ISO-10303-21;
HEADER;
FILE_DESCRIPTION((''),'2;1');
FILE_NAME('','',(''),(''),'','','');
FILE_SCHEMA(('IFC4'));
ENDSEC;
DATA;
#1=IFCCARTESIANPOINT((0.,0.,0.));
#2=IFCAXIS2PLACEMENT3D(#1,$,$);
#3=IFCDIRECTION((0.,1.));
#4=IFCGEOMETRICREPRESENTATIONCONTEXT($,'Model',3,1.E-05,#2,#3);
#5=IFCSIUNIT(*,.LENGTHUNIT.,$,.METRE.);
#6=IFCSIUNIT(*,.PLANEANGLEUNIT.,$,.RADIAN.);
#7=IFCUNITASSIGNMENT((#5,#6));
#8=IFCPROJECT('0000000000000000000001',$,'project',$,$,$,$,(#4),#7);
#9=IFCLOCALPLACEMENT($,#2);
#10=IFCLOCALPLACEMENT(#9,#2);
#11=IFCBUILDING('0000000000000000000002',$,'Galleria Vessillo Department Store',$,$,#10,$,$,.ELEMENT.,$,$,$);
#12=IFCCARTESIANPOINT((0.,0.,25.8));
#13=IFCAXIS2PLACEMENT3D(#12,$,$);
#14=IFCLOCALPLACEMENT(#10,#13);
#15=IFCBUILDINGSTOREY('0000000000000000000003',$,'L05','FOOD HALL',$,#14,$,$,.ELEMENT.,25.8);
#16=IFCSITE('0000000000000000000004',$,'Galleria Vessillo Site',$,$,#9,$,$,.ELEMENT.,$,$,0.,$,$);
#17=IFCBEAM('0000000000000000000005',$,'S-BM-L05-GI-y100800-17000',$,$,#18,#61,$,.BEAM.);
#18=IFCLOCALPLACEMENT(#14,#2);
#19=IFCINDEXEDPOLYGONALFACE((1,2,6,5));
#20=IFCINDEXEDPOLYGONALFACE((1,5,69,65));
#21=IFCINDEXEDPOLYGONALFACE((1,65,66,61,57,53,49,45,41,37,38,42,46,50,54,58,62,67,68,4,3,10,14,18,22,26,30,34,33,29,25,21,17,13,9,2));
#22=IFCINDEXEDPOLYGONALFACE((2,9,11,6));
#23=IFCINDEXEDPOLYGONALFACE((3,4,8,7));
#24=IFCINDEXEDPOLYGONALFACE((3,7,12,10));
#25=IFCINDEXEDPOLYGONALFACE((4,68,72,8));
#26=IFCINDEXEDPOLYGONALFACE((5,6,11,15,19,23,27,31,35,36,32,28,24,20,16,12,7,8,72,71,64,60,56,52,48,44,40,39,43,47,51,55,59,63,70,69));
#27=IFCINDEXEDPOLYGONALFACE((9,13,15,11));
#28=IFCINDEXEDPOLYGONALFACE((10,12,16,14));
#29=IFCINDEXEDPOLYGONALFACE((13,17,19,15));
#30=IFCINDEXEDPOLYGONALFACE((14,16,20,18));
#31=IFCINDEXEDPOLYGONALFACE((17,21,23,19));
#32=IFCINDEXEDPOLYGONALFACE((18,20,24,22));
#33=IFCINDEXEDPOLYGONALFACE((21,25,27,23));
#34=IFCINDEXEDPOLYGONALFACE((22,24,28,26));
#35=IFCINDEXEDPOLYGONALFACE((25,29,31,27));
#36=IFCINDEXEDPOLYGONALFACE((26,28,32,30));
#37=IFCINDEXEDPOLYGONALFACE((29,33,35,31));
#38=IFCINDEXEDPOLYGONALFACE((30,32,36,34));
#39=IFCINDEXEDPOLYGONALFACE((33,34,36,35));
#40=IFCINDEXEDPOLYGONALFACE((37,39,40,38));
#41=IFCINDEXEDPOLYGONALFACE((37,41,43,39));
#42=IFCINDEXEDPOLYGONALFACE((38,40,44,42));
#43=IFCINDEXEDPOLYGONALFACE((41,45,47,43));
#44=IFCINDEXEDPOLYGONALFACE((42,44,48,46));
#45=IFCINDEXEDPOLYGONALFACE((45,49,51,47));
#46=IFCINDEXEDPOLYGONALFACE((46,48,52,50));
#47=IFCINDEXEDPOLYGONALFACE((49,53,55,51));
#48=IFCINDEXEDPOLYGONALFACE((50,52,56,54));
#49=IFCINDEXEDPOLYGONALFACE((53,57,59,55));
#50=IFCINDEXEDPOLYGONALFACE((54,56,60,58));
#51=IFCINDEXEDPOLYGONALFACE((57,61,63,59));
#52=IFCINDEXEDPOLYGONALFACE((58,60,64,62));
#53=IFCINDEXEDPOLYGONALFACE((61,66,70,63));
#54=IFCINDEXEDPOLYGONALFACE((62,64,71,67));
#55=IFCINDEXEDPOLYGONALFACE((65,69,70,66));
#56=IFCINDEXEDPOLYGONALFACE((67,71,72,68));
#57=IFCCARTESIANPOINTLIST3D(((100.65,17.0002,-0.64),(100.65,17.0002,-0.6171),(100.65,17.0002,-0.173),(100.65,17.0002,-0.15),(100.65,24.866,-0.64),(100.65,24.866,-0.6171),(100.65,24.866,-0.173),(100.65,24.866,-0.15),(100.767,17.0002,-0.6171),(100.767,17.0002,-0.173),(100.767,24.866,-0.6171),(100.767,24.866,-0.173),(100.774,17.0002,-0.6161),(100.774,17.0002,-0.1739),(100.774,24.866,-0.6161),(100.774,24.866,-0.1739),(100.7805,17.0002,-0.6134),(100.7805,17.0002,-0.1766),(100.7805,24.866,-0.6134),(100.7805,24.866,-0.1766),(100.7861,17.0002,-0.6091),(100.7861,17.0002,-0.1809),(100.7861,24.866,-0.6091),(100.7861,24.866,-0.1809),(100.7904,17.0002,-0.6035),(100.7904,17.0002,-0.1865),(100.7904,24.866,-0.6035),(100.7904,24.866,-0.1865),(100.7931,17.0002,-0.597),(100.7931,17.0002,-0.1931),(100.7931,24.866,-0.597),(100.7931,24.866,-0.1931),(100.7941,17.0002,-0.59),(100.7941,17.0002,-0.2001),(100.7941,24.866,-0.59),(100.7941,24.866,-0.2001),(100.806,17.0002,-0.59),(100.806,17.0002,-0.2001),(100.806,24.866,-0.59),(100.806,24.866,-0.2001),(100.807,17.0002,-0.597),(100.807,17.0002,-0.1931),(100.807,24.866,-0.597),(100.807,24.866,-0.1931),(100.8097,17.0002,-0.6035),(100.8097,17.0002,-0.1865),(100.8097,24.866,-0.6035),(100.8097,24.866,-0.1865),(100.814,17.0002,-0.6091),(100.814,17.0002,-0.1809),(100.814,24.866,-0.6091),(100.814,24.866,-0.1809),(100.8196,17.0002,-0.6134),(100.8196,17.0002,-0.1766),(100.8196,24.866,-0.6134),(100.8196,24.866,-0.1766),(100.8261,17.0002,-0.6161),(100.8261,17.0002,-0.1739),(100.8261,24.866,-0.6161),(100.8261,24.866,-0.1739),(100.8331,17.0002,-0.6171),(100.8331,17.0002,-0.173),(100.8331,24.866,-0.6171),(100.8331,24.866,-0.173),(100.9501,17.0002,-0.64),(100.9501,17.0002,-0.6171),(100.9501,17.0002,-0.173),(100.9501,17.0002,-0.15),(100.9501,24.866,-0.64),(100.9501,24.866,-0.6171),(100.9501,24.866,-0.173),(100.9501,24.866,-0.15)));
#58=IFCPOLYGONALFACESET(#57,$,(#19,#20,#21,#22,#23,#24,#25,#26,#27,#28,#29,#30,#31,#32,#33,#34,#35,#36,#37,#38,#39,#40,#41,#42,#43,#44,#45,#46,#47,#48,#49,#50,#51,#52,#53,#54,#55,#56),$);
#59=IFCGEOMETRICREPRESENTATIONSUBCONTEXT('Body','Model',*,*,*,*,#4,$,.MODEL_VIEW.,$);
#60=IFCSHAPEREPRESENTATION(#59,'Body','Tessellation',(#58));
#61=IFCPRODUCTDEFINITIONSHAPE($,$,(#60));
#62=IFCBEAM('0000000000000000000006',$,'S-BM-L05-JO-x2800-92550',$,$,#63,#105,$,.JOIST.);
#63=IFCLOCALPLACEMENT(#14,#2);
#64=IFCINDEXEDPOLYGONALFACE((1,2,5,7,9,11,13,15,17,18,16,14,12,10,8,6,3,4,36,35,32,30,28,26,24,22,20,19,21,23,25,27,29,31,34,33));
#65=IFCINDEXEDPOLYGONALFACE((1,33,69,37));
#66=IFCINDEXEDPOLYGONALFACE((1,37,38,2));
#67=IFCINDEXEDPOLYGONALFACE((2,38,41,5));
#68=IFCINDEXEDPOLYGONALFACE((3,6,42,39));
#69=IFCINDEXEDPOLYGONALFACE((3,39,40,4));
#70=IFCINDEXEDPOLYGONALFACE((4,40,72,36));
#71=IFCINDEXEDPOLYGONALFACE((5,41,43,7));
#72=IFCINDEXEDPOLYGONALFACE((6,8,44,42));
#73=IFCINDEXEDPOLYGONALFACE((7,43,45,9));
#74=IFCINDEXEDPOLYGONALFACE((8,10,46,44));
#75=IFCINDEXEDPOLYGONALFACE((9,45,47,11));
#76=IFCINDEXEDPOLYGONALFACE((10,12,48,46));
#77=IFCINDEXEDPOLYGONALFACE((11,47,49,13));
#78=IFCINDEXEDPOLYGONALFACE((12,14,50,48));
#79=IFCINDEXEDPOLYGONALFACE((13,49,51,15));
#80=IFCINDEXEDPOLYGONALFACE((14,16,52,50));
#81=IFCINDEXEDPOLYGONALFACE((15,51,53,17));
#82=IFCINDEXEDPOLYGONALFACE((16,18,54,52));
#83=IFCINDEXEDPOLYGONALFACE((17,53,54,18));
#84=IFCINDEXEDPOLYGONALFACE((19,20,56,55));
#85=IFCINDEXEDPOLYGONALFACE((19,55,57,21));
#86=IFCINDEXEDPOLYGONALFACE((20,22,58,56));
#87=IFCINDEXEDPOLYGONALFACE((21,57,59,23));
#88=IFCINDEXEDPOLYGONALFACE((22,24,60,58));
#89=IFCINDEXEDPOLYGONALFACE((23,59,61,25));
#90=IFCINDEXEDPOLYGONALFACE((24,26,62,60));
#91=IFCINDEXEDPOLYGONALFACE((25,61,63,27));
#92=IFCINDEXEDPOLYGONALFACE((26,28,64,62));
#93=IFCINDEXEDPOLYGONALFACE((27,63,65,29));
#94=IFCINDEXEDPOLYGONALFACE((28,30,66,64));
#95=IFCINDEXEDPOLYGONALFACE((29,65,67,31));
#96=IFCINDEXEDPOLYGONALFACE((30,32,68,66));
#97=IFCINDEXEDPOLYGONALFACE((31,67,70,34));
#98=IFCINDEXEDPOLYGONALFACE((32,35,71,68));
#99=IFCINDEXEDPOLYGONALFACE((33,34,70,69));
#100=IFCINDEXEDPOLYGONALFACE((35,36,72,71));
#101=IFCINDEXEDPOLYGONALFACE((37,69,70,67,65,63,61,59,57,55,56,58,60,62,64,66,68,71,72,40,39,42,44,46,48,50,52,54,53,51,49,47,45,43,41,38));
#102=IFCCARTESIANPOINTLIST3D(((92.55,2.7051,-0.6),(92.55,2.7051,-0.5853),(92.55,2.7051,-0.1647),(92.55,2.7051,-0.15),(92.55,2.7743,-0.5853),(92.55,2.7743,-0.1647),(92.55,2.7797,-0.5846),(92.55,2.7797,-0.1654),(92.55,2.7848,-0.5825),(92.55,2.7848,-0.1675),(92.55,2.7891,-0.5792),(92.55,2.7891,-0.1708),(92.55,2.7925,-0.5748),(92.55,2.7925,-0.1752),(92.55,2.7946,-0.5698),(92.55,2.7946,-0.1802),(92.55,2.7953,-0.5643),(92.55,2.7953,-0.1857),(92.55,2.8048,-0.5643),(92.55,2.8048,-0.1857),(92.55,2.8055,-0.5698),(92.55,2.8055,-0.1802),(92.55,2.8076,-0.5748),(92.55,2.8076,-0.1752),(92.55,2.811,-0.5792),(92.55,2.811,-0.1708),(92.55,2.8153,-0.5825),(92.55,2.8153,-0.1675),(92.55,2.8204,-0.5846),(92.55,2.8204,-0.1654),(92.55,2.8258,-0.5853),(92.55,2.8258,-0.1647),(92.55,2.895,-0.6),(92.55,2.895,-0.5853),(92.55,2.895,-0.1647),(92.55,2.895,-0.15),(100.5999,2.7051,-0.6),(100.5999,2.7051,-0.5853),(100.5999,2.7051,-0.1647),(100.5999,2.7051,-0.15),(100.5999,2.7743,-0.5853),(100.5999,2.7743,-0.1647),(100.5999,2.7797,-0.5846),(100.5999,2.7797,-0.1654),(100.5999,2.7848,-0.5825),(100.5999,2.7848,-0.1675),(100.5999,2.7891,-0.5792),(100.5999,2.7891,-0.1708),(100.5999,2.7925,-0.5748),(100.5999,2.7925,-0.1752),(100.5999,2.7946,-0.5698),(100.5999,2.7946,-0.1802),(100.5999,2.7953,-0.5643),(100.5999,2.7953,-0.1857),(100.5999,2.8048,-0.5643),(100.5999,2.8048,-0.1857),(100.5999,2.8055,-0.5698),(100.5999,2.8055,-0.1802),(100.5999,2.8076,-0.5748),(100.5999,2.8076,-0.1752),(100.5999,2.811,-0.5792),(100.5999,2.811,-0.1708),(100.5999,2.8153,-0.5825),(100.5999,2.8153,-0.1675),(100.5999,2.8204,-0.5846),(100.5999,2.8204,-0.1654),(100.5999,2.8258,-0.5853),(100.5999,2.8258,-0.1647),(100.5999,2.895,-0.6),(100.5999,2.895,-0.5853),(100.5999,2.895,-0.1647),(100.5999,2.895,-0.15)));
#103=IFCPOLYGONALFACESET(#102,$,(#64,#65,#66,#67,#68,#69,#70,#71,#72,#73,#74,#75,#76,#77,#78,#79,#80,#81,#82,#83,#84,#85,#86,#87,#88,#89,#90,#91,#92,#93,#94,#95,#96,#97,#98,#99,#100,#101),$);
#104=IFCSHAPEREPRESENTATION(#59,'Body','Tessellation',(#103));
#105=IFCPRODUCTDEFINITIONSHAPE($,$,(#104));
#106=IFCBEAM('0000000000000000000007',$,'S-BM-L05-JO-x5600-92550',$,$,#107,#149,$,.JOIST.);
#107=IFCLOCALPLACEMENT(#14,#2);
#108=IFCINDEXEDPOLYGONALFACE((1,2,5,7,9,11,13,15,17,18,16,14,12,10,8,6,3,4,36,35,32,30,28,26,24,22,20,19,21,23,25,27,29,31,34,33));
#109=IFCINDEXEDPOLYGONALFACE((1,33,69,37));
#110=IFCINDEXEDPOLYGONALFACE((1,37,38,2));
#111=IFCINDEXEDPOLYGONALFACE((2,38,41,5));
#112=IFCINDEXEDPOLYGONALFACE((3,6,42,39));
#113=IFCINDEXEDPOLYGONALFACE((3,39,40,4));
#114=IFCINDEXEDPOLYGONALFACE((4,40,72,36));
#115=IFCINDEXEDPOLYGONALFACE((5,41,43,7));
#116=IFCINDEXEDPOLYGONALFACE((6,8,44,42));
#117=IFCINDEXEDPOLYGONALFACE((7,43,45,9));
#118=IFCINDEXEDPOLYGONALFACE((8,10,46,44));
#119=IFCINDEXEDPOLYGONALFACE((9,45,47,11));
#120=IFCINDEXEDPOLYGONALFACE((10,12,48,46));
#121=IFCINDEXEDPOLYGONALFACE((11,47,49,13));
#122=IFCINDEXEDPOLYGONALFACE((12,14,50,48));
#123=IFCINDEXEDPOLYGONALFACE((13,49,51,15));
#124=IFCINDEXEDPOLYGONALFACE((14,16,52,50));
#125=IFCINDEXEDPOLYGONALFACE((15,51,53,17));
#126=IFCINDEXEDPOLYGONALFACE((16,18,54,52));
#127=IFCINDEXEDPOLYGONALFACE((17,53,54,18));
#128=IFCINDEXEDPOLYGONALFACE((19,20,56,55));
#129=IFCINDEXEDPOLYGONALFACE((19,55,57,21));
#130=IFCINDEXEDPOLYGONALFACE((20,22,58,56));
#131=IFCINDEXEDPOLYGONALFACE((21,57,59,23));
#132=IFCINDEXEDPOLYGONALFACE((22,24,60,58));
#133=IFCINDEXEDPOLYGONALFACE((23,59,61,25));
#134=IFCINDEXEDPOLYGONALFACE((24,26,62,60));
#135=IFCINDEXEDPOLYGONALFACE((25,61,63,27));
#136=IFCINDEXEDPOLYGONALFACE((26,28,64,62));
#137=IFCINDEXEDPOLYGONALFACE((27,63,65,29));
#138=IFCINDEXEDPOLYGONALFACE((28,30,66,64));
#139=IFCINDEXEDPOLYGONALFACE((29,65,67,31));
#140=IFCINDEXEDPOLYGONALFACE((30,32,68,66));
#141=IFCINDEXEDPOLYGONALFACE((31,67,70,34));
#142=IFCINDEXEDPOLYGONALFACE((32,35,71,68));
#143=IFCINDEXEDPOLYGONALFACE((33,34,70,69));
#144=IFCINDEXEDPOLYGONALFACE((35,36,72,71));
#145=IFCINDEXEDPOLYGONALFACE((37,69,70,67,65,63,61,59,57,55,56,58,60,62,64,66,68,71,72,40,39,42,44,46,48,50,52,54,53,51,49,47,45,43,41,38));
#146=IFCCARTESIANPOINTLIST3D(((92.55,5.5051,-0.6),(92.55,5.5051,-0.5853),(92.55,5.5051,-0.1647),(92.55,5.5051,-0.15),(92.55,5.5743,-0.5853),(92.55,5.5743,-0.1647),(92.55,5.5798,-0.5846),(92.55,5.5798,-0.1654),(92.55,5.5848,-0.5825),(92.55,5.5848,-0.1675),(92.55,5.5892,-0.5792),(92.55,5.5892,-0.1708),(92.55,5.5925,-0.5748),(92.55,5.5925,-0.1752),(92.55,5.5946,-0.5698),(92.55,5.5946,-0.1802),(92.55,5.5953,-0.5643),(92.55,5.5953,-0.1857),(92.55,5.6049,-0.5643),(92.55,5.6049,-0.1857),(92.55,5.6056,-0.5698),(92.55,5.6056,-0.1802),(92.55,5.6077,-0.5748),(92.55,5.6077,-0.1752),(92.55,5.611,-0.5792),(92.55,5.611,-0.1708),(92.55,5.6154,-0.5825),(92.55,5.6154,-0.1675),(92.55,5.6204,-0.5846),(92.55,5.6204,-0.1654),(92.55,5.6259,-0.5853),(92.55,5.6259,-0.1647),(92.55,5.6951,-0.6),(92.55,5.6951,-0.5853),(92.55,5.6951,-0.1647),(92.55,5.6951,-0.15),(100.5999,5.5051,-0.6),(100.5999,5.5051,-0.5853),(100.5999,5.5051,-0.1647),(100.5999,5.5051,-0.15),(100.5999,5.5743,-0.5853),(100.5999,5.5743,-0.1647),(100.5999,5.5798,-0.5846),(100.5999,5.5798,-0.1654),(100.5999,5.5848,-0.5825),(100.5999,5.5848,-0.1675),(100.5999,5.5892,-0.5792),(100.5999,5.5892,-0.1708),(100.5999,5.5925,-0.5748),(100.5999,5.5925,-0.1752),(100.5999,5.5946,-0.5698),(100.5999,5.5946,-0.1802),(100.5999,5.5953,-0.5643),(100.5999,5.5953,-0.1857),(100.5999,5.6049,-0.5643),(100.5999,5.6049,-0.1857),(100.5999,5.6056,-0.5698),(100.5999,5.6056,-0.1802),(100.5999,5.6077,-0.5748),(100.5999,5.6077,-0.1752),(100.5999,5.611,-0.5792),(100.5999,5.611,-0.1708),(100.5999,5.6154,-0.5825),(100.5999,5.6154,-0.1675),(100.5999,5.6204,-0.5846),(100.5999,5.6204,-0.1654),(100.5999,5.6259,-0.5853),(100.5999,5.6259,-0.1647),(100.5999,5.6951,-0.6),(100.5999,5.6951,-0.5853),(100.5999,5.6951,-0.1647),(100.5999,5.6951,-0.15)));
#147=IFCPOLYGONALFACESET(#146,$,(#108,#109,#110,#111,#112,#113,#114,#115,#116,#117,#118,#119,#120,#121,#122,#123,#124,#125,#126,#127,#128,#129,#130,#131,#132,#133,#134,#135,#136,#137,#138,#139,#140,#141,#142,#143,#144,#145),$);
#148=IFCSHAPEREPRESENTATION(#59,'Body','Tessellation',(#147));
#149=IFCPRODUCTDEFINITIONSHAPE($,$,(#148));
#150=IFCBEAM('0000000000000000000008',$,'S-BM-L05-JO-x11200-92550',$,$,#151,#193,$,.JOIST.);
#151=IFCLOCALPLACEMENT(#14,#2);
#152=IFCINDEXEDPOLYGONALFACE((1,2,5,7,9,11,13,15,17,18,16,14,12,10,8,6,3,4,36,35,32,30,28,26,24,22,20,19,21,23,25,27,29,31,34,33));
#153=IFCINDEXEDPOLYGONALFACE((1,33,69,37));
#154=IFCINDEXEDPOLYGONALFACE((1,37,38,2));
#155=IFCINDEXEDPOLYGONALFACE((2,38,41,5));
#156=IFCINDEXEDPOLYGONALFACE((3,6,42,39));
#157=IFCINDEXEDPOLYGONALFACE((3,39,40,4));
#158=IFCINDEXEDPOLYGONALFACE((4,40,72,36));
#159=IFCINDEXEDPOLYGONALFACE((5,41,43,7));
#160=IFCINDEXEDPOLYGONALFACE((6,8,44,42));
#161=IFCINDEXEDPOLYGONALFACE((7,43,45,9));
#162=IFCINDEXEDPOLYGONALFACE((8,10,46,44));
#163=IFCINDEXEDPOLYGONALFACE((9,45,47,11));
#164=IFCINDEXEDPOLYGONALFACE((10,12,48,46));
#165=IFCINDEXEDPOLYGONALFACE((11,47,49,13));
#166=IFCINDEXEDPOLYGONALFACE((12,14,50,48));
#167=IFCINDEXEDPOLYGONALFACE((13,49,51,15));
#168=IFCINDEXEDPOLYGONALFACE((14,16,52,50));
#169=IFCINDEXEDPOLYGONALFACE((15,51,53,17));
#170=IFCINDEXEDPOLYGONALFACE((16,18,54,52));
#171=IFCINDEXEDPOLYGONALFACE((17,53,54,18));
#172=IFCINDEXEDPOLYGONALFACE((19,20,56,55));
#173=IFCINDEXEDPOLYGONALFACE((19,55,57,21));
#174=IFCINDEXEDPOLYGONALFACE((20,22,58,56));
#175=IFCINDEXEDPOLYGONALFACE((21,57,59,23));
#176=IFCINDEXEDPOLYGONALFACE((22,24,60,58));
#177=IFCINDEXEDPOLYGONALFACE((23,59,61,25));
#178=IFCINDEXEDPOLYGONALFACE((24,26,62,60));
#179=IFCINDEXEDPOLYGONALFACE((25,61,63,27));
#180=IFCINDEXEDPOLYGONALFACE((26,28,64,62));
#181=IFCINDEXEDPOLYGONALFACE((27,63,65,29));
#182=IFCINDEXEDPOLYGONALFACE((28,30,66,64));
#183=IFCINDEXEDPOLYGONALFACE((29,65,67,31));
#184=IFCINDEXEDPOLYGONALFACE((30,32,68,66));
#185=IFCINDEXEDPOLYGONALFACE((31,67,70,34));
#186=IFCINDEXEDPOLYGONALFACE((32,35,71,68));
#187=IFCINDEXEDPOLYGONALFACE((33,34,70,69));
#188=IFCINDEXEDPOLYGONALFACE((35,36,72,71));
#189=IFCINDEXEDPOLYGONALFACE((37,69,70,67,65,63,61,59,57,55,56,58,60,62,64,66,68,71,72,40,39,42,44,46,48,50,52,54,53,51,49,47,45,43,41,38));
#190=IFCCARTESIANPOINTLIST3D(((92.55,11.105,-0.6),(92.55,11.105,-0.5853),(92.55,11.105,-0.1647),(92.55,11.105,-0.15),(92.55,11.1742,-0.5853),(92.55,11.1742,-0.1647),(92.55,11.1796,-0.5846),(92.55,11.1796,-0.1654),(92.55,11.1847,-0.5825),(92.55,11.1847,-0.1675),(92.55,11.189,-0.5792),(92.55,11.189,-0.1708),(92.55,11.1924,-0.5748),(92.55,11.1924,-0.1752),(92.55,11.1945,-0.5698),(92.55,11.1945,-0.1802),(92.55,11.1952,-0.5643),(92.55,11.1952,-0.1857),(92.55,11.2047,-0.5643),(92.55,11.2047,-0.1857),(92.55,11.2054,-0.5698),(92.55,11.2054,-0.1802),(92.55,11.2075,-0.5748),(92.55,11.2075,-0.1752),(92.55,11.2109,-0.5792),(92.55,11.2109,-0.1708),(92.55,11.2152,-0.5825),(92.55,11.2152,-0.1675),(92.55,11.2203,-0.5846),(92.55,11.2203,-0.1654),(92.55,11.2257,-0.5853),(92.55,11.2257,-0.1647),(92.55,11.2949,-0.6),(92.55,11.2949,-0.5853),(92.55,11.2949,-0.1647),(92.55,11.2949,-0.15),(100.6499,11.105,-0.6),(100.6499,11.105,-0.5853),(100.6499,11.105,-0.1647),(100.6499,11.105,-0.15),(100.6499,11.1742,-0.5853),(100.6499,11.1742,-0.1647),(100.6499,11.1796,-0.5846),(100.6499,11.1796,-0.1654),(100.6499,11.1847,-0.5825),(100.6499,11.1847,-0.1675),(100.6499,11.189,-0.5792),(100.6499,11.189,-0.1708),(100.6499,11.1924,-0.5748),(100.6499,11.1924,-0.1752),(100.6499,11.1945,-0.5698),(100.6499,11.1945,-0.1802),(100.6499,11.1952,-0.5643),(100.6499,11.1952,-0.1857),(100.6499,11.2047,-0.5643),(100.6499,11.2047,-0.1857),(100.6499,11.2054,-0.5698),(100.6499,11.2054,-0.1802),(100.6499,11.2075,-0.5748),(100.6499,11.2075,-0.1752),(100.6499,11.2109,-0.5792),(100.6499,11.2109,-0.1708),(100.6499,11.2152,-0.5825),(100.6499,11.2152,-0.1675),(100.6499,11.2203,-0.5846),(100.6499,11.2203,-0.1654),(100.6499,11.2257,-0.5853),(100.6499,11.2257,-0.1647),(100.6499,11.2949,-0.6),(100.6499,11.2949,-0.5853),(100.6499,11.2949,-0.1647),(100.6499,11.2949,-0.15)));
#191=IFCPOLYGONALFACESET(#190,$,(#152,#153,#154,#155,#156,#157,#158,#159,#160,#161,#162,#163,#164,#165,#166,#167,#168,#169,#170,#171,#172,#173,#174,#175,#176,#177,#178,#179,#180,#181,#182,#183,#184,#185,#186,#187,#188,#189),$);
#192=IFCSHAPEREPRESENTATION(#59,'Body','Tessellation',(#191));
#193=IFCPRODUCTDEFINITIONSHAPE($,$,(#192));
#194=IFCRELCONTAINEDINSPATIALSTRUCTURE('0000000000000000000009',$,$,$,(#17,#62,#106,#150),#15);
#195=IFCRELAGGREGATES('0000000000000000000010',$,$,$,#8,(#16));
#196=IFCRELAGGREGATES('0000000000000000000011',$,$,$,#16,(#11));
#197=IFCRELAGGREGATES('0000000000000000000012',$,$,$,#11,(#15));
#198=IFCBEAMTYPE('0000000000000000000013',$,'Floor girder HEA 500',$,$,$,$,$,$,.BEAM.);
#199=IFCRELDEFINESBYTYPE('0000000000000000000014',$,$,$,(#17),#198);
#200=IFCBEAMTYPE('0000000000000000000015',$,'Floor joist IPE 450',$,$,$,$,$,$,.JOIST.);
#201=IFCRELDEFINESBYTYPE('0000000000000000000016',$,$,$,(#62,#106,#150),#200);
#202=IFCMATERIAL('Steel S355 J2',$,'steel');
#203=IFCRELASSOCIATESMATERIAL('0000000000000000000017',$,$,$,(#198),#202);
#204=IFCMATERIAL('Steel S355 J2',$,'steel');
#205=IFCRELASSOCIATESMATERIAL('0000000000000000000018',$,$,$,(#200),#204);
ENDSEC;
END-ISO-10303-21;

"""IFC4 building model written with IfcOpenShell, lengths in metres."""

from ifc_helpers import new_model, si_unit, direction, frame, origin, origin_2d, place, context, subcontext, project, spatial, i_section, extrude, material, material_profile, profile_set, type_object, element, save


model = new_model("IFC4")

# Units and contexts
model_context = context("Model", 3, precision=1e-05, world=origin(), true_north=direction((0.0, 1.0)))
body_context = subcontext(model_context, "Body", "Model", "MODEL_VIEW")
ifc_project = project(units=[si_unit("LENGTHUNIT", "METRE"), si_unit("PLANEANGLEUNIT", "RADIAN")], contexts=[model_context])

# Site, building, storey
site_placement = place(None, origin())
site = spatial("IfcSite", under=ifc_project, at=site_placement, Name="Galleria Vessillo Site", CompositionType="ELEMENT", RefElevation=0.0)
building_placement = place(site_placement, origin())
building = spatial("IfcBuilding", under=site, at=building_placement, Name="Galleria Vessillo Department Store", CompositionType="ELEMENT")
storey_placement = place(building_placement, frame((0.0, 0.0, 25.8)))
storey = spatial("IfcBuildingStorey", under=building, at=storey_placement, Name="L05", Description="FOOD HALL", CompositionType="ELEMENT", Elevation=25.8)

# Beams
ifc_material_1 = material(Name="Steel S355 J2", Category="steel")
ifc_material_profile_1 = material_profile(ifc_material_1, i_section(OverallWidth=0.3, OverallDepth=0.49, WebThickness=0.012, FlangeThickness=0.0229, FilletRadius=0.0271, at=origin_2d()), Name="HEA 500")
ifc_profile_set_1 = profile_set([ifc_material_profile_1], Name="Steel S355 J2")
beam_type_1 = type_object("IfcBeamType", Name="Floor girder HEA 500", PredefinedType="BEAM", material=ifc_profile_set_1)
beam_1_placement = place(storey_placement, frame((100.8, 17.0002, -0.395), z_axis=(0.0, 1.0, 0.0), x_axis=(-1.0, 0.0, 0.0)))
element("IfcBeam", 1, at=beam_1_placement, inside=storey, type_object=beam_type_1, Name="S-BM-L05-GI-y100800-17000", PredefinedType="BEAM", context=body_context, shape_type="SweptSolid", body=[
    extrude(i_section(OverallWidth=0.3, OverallDepth=0.49, WebThickness=0.012, FlangeThickness=0.0229, FilletRadius=0.0271, at=origin_2d()), origin(), (0.0, 0.0, 1.0), 7.8657),
])
ifc_material_2 = material(Name="Steel S355 J2", Category="steel")
ifc_material_profile_2 = material_profile(ifc_material_2, i_section(OverallWidth=0.1899, OverallDepth=0.45, WebThickness=0.0095, FlangeThickness=0.0146, FilletRadius=0.021, at=origin_2d()), Name="IPE 450")
ifc_profile_set_2 = profile_set([ifc_material_profile_2], Name="Steel S355 J2")
beam_type_2 = type_object("IfcBeamType", Name="Floor joist IPE 450", PredefinedType="JOIST", material=ifc_profile_set_2)
for number, where, z_axis, x_axis, name in (
    (2, (92.55, 2.8, -0.375), (1.0, 0.0, 0.0), (0.0, 1.0, 0.0), "S-BM-L05-JO-x2800-92550"),
    (3, (92.55, 5.6001, -0.375), (1.0, 0.0, 0.0), (0.0, 1.0, 0.0), "S-BM-L05-JO-x5600-92550"),
):
    element("IfcBeam", number, at=place(storey_placement, frame(where, z_axis=z_axis, x_axis=x_axis)), inside=storey, type_object=beam_type_2, Name=name, PredefinedType="JOIST", context=body_context, shape_type="SweptSolid", body=[
        extrude(i_section(OverallWidth=0.1899, OverallDepth=0.45, WebThickness=0.0095, FlangeThickness=0.0146, FilletRadius=0.021, at=origin_2d()), origin(), (0.0, 0.0, 1.0), 8.0498),
    ])
for number, where, z_axis, x_axis, name in (
    (4, (92.55, 11.2, -0.375), (1.0, 0.0, 0.0), (0.0, 1.0, 0.0), "S-BM-L05-JO-x11200-92550"),
):
    element("IfcBeam", number, at=place(storey_placement, frame(where, z_axis=z_axis, x_axis=x_axis)), inside=storey, type_object=beam_type_2, Name=name, PredefinedType="JOIST", context=body_context, shape_type="SweptSolid", body=[
        extrude(i_section(OverallWidth=0.1899, OverallDepth=0.45, WebThickness=0.0095, FlangeThickness=0.0146, FilletRadius=0.021, at=origin_2d()), origin(), (0.0, 0.0, 1.0), 8.0999),
    ])

save(model, "model.ifc")
